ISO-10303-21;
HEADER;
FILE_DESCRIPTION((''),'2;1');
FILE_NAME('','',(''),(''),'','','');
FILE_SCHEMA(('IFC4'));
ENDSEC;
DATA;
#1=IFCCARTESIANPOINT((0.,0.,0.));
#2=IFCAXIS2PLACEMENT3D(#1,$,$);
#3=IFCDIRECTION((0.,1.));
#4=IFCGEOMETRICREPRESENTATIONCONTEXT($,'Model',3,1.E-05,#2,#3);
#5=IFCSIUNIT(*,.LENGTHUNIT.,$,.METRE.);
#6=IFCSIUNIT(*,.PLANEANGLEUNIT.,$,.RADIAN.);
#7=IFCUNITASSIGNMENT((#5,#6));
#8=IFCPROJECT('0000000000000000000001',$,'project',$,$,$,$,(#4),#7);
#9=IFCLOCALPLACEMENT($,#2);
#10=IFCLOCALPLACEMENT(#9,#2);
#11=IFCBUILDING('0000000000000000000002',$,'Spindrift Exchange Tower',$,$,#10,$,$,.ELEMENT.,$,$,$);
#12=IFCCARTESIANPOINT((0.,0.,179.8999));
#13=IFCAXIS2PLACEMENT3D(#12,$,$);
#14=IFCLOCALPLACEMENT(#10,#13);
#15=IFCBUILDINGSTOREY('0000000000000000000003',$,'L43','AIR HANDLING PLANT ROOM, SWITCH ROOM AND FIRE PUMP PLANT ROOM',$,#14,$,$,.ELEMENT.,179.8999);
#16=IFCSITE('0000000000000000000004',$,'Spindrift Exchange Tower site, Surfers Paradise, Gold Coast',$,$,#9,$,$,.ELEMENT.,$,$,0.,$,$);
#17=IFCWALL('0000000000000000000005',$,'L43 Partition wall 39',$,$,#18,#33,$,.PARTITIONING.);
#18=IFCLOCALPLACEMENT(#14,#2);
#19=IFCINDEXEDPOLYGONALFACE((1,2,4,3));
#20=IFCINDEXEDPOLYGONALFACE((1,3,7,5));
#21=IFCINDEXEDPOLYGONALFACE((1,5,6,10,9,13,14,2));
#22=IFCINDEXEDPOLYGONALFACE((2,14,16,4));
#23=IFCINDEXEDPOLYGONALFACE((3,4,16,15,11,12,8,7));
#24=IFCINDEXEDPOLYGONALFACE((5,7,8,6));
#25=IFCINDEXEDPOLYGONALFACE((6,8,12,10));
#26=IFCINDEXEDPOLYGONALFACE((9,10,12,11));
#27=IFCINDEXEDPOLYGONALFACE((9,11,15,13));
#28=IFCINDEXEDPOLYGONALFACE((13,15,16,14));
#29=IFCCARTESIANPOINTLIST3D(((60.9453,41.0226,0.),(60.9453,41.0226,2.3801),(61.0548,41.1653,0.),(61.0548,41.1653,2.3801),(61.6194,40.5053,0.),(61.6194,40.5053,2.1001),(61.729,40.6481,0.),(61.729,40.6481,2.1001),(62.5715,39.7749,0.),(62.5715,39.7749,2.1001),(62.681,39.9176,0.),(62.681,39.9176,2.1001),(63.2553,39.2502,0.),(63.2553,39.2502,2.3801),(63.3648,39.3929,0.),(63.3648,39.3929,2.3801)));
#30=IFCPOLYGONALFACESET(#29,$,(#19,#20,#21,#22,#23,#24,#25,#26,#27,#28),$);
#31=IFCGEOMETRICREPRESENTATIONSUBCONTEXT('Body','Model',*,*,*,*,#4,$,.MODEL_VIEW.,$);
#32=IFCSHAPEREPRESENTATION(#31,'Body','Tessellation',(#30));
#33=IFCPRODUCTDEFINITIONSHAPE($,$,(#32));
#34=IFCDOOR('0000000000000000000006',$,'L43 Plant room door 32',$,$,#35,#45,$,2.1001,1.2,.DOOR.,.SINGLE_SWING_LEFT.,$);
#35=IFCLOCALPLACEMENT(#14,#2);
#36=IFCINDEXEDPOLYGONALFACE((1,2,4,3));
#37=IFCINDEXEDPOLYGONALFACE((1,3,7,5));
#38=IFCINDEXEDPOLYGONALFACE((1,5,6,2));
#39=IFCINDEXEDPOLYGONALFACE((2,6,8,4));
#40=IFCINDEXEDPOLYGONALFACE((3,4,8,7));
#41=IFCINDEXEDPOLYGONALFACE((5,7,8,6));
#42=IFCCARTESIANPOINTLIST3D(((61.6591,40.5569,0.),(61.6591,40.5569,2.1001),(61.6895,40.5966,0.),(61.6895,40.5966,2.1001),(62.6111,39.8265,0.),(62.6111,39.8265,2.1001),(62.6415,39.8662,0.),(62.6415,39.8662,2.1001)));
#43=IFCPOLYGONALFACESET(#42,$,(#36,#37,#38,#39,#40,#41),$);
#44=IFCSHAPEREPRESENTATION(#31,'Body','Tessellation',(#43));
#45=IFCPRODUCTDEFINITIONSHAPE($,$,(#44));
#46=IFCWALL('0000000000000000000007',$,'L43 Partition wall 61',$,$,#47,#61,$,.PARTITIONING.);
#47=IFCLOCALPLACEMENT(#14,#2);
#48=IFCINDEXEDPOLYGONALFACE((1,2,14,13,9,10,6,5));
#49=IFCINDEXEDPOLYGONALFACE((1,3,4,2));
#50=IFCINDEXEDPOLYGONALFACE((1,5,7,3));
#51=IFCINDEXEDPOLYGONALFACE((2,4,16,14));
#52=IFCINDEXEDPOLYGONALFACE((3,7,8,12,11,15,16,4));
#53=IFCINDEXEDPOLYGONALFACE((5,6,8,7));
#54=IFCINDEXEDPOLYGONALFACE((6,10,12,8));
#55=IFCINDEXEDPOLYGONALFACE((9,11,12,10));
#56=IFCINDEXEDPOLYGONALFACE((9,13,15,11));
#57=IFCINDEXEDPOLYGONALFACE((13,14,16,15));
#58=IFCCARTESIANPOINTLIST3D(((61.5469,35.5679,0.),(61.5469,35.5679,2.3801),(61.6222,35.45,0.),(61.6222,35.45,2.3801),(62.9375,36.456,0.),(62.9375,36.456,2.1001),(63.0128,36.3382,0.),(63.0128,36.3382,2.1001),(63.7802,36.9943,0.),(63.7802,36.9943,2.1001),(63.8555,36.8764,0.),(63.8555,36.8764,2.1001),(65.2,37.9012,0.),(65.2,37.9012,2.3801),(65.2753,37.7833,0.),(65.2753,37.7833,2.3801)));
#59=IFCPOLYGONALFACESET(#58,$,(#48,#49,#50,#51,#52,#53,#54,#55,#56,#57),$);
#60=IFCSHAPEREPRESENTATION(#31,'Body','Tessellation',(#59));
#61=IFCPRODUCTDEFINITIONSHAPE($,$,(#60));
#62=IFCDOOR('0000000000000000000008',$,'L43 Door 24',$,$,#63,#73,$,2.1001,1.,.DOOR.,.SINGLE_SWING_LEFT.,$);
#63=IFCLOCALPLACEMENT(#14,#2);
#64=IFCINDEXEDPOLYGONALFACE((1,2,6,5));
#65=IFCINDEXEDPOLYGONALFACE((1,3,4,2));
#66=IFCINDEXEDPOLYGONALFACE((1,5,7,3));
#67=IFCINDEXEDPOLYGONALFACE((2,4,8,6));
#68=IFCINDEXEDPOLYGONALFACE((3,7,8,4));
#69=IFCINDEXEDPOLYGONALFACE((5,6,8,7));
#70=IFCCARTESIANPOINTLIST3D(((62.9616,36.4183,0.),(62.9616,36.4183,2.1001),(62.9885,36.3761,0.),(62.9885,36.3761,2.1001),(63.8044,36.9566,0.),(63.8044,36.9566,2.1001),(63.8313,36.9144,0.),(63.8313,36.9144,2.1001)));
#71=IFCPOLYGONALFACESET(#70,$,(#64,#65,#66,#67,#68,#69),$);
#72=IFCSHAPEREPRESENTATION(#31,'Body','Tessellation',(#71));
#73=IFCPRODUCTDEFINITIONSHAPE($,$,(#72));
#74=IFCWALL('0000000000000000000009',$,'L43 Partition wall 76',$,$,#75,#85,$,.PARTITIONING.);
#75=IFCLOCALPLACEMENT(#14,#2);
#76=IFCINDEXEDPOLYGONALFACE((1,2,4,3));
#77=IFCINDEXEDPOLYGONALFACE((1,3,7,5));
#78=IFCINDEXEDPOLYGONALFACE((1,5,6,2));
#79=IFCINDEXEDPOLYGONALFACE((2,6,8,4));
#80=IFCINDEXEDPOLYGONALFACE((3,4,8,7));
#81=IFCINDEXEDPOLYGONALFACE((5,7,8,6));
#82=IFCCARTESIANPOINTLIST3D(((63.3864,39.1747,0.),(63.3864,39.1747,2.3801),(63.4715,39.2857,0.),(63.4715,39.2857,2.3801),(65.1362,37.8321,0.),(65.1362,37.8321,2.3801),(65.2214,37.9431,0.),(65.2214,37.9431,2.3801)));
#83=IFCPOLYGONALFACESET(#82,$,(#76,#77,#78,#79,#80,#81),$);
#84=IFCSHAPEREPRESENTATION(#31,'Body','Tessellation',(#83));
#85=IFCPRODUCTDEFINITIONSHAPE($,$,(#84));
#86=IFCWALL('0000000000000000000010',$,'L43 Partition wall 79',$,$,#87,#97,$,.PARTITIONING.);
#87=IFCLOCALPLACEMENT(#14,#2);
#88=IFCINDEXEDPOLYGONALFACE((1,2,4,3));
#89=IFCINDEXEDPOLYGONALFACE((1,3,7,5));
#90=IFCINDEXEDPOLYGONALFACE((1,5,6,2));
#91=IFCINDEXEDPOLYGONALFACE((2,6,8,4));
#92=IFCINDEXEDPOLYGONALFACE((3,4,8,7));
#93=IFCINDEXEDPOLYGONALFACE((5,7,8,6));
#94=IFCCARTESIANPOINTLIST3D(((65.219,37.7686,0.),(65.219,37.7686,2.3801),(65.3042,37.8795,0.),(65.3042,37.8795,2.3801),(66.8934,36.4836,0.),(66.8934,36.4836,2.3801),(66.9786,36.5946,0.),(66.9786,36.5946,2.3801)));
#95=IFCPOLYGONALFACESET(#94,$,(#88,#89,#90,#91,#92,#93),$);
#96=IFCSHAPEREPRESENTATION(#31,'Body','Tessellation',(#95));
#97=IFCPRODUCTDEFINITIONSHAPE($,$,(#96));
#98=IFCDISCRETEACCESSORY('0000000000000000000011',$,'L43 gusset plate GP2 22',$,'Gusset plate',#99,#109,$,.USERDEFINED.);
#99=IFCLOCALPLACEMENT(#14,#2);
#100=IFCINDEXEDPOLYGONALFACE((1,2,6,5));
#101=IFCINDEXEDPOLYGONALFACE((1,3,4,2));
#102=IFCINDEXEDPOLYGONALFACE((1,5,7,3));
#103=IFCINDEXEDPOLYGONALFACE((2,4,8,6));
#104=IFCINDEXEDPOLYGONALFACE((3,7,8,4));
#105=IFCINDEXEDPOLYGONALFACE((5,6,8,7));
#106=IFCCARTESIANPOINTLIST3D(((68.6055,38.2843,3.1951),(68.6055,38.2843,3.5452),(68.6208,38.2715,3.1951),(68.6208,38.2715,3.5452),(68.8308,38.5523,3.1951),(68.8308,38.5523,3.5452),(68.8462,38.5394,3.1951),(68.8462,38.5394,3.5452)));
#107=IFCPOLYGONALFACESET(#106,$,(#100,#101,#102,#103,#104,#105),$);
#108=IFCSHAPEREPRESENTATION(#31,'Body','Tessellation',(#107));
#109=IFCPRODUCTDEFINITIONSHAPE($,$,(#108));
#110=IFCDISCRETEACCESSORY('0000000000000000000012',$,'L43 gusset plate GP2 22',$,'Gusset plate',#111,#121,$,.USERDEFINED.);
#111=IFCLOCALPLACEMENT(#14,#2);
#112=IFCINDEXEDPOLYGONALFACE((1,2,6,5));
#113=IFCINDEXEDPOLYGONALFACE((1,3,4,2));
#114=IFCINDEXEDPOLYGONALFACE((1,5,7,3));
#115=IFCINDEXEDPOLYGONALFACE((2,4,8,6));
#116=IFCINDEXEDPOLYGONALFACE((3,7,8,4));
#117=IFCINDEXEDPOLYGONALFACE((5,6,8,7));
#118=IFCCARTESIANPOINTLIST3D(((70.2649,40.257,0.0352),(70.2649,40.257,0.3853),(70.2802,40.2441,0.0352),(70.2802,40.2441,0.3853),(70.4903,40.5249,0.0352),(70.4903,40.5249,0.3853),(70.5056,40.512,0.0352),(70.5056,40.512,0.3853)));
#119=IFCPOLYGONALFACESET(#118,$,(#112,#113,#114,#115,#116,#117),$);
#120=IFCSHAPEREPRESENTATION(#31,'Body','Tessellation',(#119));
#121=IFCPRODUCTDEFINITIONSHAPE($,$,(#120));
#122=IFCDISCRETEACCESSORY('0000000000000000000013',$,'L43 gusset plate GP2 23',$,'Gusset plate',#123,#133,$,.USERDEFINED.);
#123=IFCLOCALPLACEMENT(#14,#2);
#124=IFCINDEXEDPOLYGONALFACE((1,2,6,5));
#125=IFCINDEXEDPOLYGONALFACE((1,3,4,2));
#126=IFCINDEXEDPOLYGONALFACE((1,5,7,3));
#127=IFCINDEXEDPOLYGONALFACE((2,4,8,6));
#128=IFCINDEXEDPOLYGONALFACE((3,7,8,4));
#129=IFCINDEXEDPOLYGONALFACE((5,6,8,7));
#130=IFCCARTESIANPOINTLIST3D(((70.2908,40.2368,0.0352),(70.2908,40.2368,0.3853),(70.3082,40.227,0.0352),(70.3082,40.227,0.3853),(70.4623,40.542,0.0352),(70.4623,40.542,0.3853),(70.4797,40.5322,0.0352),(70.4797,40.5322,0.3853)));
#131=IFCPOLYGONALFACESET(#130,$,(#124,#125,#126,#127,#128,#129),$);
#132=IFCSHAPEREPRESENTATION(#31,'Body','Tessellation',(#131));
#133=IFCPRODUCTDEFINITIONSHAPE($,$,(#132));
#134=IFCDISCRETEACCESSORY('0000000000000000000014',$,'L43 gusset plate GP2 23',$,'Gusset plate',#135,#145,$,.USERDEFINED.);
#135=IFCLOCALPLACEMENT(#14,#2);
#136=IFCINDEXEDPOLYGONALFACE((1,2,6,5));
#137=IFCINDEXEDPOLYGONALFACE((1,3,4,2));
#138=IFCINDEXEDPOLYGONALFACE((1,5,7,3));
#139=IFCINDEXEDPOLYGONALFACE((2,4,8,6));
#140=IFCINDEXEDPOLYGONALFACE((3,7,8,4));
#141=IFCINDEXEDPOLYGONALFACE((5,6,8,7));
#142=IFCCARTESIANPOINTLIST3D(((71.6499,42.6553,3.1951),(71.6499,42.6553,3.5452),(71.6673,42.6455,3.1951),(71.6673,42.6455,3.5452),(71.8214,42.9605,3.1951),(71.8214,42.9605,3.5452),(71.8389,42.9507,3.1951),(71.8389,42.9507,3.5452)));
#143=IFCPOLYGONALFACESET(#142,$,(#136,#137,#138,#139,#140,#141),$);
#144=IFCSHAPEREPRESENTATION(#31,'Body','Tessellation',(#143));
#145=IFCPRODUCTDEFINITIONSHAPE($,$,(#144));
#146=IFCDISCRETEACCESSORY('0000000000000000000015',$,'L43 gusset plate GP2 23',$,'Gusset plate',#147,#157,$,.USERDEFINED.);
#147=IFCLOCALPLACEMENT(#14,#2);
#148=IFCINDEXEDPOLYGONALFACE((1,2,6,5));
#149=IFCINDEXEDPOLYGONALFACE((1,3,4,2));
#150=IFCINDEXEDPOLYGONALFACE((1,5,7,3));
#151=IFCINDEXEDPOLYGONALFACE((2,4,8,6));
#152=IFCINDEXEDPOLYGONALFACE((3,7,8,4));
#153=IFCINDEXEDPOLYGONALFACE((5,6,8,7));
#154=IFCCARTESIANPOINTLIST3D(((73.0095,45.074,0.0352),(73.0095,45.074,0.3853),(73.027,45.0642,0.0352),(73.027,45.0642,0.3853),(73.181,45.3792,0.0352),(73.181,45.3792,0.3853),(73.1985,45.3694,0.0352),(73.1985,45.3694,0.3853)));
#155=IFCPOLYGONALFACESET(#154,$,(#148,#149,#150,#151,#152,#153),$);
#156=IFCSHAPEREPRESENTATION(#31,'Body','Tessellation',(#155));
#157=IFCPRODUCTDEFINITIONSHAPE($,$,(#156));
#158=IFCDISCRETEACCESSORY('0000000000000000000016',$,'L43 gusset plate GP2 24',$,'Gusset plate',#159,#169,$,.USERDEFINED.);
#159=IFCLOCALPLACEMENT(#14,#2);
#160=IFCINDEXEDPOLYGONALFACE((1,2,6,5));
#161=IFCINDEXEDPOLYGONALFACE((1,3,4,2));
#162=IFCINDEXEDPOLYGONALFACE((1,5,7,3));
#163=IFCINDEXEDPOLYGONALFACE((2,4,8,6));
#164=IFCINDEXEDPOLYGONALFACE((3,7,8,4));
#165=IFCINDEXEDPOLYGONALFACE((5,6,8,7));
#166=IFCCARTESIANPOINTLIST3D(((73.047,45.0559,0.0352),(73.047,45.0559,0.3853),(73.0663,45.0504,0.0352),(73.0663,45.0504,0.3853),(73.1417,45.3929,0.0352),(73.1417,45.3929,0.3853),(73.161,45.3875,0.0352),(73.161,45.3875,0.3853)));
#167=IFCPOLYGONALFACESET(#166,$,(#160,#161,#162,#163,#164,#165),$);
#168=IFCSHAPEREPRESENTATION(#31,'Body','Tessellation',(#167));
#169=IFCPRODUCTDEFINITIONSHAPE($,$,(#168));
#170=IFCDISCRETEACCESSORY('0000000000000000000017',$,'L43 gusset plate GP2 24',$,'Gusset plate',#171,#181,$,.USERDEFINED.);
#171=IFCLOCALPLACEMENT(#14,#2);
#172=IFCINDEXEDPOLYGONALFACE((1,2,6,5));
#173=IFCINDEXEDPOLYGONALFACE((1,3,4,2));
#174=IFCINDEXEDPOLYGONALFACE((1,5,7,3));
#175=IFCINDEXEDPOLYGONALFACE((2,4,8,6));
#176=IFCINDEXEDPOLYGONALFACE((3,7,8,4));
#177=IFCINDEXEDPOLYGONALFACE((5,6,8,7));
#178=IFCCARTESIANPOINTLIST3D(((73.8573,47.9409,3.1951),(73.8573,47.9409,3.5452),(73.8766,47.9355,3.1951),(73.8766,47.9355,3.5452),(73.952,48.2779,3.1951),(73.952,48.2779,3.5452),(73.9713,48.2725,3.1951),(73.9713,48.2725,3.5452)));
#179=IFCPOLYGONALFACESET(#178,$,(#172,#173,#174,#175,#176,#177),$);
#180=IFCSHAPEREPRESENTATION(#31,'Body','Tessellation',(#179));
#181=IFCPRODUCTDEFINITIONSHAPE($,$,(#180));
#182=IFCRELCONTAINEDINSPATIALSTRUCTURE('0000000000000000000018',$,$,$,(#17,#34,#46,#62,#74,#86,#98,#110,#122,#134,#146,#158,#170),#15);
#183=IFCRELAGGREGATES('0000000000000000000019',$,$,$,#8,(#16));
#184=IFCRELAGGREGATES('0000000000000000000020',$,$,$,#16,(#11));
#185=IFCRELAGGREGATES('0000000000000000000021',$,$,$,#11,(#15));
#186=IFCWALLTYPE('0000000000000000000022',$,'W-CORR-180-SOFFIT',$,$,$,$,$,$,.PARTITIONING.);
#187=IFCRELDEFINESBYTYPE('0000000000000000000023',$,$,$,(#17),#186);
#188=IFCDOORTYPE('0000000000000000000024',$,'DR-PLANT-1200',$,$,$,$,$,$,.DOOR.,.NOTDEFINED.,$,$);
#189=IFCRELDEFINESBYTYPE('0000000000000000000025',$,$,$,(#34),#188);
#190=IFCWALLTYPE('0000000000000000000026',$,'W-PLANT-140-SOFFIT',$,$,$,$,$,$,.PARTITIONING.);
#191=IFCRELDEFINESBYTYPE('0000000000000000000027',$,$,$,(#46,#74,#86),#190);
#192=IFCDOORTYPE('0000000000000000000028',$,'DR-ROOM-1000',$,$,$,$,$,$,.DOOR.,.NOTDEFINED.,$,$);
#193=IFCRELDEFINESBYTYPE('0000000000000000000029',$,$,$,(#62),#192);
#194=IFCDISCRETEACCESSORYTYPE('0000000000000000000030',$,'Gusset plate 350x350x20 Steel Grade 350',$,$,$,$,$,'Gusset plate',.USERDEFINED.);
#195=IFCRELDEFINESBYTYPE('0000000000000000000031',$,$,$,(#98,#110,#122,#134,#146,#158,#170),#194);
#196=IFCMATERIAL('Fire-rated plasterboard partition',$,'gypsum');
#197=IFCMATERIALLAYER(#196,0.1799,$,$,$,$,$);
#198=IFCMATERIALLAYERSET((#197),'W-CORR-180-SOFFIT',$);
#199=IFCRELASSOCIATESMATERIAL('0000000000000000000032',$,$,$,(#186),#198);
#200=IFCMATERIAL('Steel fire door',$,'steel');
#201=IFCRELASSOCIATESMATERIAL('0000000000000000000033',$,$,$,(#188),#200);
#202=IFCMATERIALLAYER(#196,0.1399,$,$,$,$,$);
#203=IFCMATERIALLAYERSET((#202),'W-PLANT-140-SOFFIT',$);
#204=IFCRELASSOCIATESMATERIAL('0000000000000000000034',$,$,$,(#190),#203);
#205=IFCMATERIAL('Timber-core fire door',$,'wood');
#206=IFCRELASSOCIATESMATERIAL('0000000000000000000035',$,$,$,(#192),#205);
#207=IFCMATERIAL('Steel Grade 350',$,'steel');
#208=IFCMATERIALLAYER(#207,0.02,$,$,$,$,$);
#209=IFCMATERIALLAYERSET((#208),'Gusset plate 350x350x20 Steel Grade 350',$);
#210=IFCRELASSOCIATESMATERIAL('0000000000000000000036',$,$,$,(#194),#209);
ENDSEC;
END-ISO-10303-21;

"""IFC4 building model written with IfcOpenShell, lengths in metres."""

from ifc_helpers import new_model, si_unit, direction, frame, frame_2d, origin, origin_2d, place, context, subcontext, project, spatial, rectangle, extrude, source, transform, mapped, material, layer, layer_set, type_object, element, fill, save


model = new_model("IFC4")

# Units and contexts
model_context = context("Model", 3, precision=1e-05, world=origin(), true_north=direction((0.0, 1.0)))
body_context = subcontext(model_context, "Body", "Model", "MODEL_VIEW")
ifc_project = project(units=[si_unit("LENGTHUNIT", "METRE"), si_unit("PLANEANGLEUNIT", "RADIAN")], contexts=[model_context])

# Site, building, storey
site_placement = place(None, origin())
site = spatial("IfcSite", under=ifc_project, at=site_placement, Name="Spindrift Exchange Tower site, Surfers Paradise, Gold Coast", CompositionType="ELEMENT", RefElevation=0.0)
building_placement = place(site_placement, origin())
building = spatial("IfcBuilding", under=site, at=building_placement, Name="Spindrift Exchange Tower", CompositionType="ELEMENT")
storey_placement = place(building_placement, frame((0.0, 0.0, 179.8999)))
storey = spatial("IfcBuildingStorey", under=building, at=storey_placement, Name="L43", Description="AIR HANDLING PLANT ROOM, SWITCH ROOM AND FIRE PUMP PLANT ROOM", CompositionType="ELEMENT", Elevation=179.8999)

# Shared definitions
ifc_material_1 = material(Name="Steel Grade 350", Category="steel")

# Walls, openings, doors
ifc_material_2 = material(Name="Fire-rated plasterboard partition", Category="gypsum")
ifc_layer_1 = layer(ifc_material_2, 0.1799)
ifc_layer_set_1 = layer_set([ifc_layer_1], Name="W-CORR-180-SOFFIT")
wall_type_1 = type_object("IfcWallType", Name="W-CORR-180-SOFFIT", PredefinedType="PARTITIONING", material=ifc_layer_set_1)
wall_1_placement = place(storey_placement, frame((63.3101, 39.3215, 0.0), z_axis=(0.0, 0.0, 1.0), x_axis=(-0.793371, 0.608738, 0.0)))
wall_1 = element("IfcWall", 1, at=wall_1_placement, inside=storey, type_object=wall_type_1, Name="L43 Partition wall 39", PredefinedType="PARTITIONING", context=body_context, shape_type="SweptSolid", body=[
    extrude(rectangle(XDim=2.9116, YDim=0.1799, at=frame_2d((1.4558, 0.0))), origin(), (0.0, 0.0, 1.0), 2.3801),
])
opening_1_placement = place(wall_1_placement, frame((0.8618, 0.0, 0.0)))
opening_1 = element("IfcOpeningElement", 2, at=opening_1_placement, cuts=wall_1, PredefinedType="OPENING", context=body_context, shape_type="SweptSolid", body=[
    extrude(rectangle(XDim=1.2, YDim=2.1001, at=frame_2d((0.6001, 1.05))), frame((0.0, 0.0999, 0.0), z_axis=(0.0, -1.0, 0.0), x_axis=(1.0, 0.0, 0.0)), (0.0, 0.0, 1.0), 0.2),
])
ifc_material_3 = material(Name="Steel fire door", Category="steel")
door_type_1 = type_object("IfcDoorType", Name="DR-PLANT-1200", OperationType="NOTDEFINED", PredefinedType="DOOR", material=ifc_material_3)
shared_shape_1 = source(origin(), body_context, "Body", "SweptSolid", [
    extrude(rectangle(XDim=1.2, YDim=2.1001, at=frame_2d((0.6001, 1.05))), frame((0.0, 0.0249, 0.0), z_axis=(0.0, -1.0, 0.0), x_axis=(1.0, 0.0, 0.0)), (0.0, 0.0, 1.0), 0.05),
])
door_1_placement = place(opening_1_placement, origin())
door_1 = element("IfcDoor", 3, at=door_1_placement, inside=storey, type_object=door_type_1, Name="L43 Plant room door 32", OperationType="SINGLE_SWING_LEFT", OverallHeight=2.1001, OverallWidth=1.2, PredefinedType="DOOR", context=body_context, shape_type="MappedRepresentation", body=[
    mapped(shared_shape_1, transform((0.0, 0.0, 0.0), scale=1.0)),
])
fill(opening_1, door_1)
ifc_layer_2 = layer(ifc_material_2, 0.1399)
ifc_layer_set_2 = layer_set([ifc_layer_2], Name="W-PLANT-140-SOFFIT")
wall_type_2 = type_object("IfcWallType", Name="W-PLANT-140-SOFFIT", PredefinedType="PARTITIONING", material=ifc_layer_set_2)
wall_2_placement = place(storey_placement, frame((65.2378, 37.8423, 0.0), z_axis=(0.0, 0.0, 1.0), x_axis=(-0.842765, -0.538282, 0.0)))
wall_2 = element("IfcWall", 4, at=wall_2_placement, inside=storey, type_object=wall_type_2, Name="L43 Partition wall 61", PredefinedType="PARTITIONING", context=body_context, shape_type="SweptSolid", body=[
    extrude(rectangle(XDim=4.3347, YDim=0.1399, at=frame_2d((2.1675, 0.0))), origin(), (0.0, 0.0, 1.0), 2.3801),
])
opening_2_placement = place(wall_2_placement, frame((1.6848, 0.0, 0.0)))
opening_2 = element("IfcOpeningElement", 5, at=opening_2_placement, cuts=wall_2, PredefinedType="OPENING", context=body_context, shape_type="SweptSolid", body=[
    extrude(rectangle(XDim=1.0, YDim=2.1001, at=frame_2d((0.5, 1.05))), frame((0.0, 0.0798, 0.0), z_axis=(0.0, -1.0, 0.0), x_axis=(1.0, 0.0, 0.0)), (0.0, 0.0, 1.0), 0.1599),
])
ifc_material_4 = material(Name="Timber-core fire door", Category="wood")
door_type_2 = type_object("IfcDoorType", Name="DR-ROOM-1000", OperationType="NOTDEFINED", PredefinedType="DOOR", material=ifc_material_4)
shared_shape_2 = source(origin(), body_context, "Body", "SweptSolid", [
    extrude(rectangle(XDim=1.0, YDim=2.1001, at=frame_2d((0.5, 1.05))), frame((0.0, 0.0249, 0.0), z_axis=(0.0, -1.0, 0.0), x_axis=(1.0, 0.0, 0.0)), (0.0, 0.0, 1.0), 0.05),
])
door_2_placement = place(opening_2_placement, origin())
door_2 = element("IfcDoor", 6, at=door_2_placement, inside=storey, type_object=door_type_2, Name="L43 Door 24", OperationType="SINGLE_SWING_LEFT", OverallHeight=2.1001, OverallWidth=1.0, PredefinedType="DOOR", context=body_context, shape_type="MappedRepresentation", body=[
    mapped(shared_shape_2, transform((0.0, 0.0, 0.0), scale=1.0)),
])
fill(opening_2, door_2)

# Walls
wall_3_placement = place(storey_placement, frame((63.429, 39.2302, 0.0), z_axis=(0.0, 0.0, 1.0), x_axis=(0.793376, -0.608731, 0.0)))
element("IfcWall", 7, at=wall_3_placement, inside=storey, type_object=wall_type_2, Name="L43 Partition wall 76", PredefinedType="PARTITIONING", context=body_context, shape_type="SweptSolid", body=[
    extrude(rectangle(XDim=2.2056, YDim=0.1399, at=frame_2d((1.1028, 0.0))), origin(), (0.0, 0.0, 1.0), 2.3801),
])
wall_4_placement = place(storey_placement, frame((65.2617, 37.824, 0.0), z_axis=(0.0, 0.0, 1.0), x_axis=(0.793316, -0.60881, 0.0)))
element("IfcWall", 8, at=wall_4_placement, inside=storey, type_object=wall_type_2, Name="L43 Partition wall 79", PredefinedType="PARTITIONING", context=body_context, shape_type="SweptSolid", body=[
    extrude(rectangle(XDim=2.1106, YDim=0.1399, at=frame_2d((1.0552, 0.0))), origin(), (0.0, 0.0, 1.0), 2.3801),
])

# Discrete accessories
ifc_layer_3 = layer(ifc_material_1, 0.02)
ifc_layer_set_3 = layer_set([ifc_layer_3], Name="Gusset plate 350x350x20 Steel Grade 350")
discrete_accessory_type = type_object("IfcDiscreteAccessoryType", Name="Gusset plate 350x350x20 Steel Grade 350", ElementType="Gusset plate", PredefinedType="USERDEFINED", material=ifc_layer_set_3)
shared_shape_3 = source(origin(), body_context, "Body", "SweptSolid", [
    extrude(rectangle(XDim=0.3501, YDim=0.02, at=origin_2d()), origin(), (0.0, 0.0, 1.0), 0.3501),
])
for number, where, z_axis, x_axis, name in (
    (9, (68.7258, 38.4119, 3.1951), (0.0, 0.0, 1.0), (0.64368, 0.765295, 0.0), "L43 gusset plate GP2 22"),
    (10, (70.3853, 40.3845, 0.0352), (0.0, 0.0, 1.0), (0.64368, 0.765295, 0.0), "L43 gusset plate GP2 22"),
    (11, (70.3853, 40.3845, 0.0352), (0.0, 0.0, 1.0), (0.489958, 0.871746, 0.0), "L43 gusset plate GP2 23"),
    (12, (71.7444, 42.803, 3.1951), (0.0, 0.0, 1.0), (0.489958, 0.871746, 0.0), "L43 gusset plate GP2 23"),
    (13, (73.104, 45.2217, 0.0352), (0.0, 0.0, 1.0), (0.489985, 0.871731, 0.0), "L43 gusset plate GP2 23"),
    (14, (73.104, 45.2217, 0.0352), (0.0, 0.0, 1.0), (0.270456, 0.962732, 0.0), "L43 gusset plate GP2 24"),
    (15, (73.9143, 48.1067, 3.1951), (0.0, 0.0, 1.0), (0.270456, 0.962732, 0.0), "L43 gusset plate GP2 24"),
):
    element("IfcDiscreteAccessory", number, at=place(storey_placement, frame(where, z_axis=z_axis, x_axis=x_axis)), inside=storey, type_object=discrete_accessory_type, Name=name, ObjectType="Gusset plate", PredefinedType="USERDEFINED", context=body_context, shape_type="MappedRepresentation", body=[
        mapped(shared_shape_3, transform((0.0, 0.0, 0.0), scale=1.0)),
    ])

save(model, "model.ifc")
